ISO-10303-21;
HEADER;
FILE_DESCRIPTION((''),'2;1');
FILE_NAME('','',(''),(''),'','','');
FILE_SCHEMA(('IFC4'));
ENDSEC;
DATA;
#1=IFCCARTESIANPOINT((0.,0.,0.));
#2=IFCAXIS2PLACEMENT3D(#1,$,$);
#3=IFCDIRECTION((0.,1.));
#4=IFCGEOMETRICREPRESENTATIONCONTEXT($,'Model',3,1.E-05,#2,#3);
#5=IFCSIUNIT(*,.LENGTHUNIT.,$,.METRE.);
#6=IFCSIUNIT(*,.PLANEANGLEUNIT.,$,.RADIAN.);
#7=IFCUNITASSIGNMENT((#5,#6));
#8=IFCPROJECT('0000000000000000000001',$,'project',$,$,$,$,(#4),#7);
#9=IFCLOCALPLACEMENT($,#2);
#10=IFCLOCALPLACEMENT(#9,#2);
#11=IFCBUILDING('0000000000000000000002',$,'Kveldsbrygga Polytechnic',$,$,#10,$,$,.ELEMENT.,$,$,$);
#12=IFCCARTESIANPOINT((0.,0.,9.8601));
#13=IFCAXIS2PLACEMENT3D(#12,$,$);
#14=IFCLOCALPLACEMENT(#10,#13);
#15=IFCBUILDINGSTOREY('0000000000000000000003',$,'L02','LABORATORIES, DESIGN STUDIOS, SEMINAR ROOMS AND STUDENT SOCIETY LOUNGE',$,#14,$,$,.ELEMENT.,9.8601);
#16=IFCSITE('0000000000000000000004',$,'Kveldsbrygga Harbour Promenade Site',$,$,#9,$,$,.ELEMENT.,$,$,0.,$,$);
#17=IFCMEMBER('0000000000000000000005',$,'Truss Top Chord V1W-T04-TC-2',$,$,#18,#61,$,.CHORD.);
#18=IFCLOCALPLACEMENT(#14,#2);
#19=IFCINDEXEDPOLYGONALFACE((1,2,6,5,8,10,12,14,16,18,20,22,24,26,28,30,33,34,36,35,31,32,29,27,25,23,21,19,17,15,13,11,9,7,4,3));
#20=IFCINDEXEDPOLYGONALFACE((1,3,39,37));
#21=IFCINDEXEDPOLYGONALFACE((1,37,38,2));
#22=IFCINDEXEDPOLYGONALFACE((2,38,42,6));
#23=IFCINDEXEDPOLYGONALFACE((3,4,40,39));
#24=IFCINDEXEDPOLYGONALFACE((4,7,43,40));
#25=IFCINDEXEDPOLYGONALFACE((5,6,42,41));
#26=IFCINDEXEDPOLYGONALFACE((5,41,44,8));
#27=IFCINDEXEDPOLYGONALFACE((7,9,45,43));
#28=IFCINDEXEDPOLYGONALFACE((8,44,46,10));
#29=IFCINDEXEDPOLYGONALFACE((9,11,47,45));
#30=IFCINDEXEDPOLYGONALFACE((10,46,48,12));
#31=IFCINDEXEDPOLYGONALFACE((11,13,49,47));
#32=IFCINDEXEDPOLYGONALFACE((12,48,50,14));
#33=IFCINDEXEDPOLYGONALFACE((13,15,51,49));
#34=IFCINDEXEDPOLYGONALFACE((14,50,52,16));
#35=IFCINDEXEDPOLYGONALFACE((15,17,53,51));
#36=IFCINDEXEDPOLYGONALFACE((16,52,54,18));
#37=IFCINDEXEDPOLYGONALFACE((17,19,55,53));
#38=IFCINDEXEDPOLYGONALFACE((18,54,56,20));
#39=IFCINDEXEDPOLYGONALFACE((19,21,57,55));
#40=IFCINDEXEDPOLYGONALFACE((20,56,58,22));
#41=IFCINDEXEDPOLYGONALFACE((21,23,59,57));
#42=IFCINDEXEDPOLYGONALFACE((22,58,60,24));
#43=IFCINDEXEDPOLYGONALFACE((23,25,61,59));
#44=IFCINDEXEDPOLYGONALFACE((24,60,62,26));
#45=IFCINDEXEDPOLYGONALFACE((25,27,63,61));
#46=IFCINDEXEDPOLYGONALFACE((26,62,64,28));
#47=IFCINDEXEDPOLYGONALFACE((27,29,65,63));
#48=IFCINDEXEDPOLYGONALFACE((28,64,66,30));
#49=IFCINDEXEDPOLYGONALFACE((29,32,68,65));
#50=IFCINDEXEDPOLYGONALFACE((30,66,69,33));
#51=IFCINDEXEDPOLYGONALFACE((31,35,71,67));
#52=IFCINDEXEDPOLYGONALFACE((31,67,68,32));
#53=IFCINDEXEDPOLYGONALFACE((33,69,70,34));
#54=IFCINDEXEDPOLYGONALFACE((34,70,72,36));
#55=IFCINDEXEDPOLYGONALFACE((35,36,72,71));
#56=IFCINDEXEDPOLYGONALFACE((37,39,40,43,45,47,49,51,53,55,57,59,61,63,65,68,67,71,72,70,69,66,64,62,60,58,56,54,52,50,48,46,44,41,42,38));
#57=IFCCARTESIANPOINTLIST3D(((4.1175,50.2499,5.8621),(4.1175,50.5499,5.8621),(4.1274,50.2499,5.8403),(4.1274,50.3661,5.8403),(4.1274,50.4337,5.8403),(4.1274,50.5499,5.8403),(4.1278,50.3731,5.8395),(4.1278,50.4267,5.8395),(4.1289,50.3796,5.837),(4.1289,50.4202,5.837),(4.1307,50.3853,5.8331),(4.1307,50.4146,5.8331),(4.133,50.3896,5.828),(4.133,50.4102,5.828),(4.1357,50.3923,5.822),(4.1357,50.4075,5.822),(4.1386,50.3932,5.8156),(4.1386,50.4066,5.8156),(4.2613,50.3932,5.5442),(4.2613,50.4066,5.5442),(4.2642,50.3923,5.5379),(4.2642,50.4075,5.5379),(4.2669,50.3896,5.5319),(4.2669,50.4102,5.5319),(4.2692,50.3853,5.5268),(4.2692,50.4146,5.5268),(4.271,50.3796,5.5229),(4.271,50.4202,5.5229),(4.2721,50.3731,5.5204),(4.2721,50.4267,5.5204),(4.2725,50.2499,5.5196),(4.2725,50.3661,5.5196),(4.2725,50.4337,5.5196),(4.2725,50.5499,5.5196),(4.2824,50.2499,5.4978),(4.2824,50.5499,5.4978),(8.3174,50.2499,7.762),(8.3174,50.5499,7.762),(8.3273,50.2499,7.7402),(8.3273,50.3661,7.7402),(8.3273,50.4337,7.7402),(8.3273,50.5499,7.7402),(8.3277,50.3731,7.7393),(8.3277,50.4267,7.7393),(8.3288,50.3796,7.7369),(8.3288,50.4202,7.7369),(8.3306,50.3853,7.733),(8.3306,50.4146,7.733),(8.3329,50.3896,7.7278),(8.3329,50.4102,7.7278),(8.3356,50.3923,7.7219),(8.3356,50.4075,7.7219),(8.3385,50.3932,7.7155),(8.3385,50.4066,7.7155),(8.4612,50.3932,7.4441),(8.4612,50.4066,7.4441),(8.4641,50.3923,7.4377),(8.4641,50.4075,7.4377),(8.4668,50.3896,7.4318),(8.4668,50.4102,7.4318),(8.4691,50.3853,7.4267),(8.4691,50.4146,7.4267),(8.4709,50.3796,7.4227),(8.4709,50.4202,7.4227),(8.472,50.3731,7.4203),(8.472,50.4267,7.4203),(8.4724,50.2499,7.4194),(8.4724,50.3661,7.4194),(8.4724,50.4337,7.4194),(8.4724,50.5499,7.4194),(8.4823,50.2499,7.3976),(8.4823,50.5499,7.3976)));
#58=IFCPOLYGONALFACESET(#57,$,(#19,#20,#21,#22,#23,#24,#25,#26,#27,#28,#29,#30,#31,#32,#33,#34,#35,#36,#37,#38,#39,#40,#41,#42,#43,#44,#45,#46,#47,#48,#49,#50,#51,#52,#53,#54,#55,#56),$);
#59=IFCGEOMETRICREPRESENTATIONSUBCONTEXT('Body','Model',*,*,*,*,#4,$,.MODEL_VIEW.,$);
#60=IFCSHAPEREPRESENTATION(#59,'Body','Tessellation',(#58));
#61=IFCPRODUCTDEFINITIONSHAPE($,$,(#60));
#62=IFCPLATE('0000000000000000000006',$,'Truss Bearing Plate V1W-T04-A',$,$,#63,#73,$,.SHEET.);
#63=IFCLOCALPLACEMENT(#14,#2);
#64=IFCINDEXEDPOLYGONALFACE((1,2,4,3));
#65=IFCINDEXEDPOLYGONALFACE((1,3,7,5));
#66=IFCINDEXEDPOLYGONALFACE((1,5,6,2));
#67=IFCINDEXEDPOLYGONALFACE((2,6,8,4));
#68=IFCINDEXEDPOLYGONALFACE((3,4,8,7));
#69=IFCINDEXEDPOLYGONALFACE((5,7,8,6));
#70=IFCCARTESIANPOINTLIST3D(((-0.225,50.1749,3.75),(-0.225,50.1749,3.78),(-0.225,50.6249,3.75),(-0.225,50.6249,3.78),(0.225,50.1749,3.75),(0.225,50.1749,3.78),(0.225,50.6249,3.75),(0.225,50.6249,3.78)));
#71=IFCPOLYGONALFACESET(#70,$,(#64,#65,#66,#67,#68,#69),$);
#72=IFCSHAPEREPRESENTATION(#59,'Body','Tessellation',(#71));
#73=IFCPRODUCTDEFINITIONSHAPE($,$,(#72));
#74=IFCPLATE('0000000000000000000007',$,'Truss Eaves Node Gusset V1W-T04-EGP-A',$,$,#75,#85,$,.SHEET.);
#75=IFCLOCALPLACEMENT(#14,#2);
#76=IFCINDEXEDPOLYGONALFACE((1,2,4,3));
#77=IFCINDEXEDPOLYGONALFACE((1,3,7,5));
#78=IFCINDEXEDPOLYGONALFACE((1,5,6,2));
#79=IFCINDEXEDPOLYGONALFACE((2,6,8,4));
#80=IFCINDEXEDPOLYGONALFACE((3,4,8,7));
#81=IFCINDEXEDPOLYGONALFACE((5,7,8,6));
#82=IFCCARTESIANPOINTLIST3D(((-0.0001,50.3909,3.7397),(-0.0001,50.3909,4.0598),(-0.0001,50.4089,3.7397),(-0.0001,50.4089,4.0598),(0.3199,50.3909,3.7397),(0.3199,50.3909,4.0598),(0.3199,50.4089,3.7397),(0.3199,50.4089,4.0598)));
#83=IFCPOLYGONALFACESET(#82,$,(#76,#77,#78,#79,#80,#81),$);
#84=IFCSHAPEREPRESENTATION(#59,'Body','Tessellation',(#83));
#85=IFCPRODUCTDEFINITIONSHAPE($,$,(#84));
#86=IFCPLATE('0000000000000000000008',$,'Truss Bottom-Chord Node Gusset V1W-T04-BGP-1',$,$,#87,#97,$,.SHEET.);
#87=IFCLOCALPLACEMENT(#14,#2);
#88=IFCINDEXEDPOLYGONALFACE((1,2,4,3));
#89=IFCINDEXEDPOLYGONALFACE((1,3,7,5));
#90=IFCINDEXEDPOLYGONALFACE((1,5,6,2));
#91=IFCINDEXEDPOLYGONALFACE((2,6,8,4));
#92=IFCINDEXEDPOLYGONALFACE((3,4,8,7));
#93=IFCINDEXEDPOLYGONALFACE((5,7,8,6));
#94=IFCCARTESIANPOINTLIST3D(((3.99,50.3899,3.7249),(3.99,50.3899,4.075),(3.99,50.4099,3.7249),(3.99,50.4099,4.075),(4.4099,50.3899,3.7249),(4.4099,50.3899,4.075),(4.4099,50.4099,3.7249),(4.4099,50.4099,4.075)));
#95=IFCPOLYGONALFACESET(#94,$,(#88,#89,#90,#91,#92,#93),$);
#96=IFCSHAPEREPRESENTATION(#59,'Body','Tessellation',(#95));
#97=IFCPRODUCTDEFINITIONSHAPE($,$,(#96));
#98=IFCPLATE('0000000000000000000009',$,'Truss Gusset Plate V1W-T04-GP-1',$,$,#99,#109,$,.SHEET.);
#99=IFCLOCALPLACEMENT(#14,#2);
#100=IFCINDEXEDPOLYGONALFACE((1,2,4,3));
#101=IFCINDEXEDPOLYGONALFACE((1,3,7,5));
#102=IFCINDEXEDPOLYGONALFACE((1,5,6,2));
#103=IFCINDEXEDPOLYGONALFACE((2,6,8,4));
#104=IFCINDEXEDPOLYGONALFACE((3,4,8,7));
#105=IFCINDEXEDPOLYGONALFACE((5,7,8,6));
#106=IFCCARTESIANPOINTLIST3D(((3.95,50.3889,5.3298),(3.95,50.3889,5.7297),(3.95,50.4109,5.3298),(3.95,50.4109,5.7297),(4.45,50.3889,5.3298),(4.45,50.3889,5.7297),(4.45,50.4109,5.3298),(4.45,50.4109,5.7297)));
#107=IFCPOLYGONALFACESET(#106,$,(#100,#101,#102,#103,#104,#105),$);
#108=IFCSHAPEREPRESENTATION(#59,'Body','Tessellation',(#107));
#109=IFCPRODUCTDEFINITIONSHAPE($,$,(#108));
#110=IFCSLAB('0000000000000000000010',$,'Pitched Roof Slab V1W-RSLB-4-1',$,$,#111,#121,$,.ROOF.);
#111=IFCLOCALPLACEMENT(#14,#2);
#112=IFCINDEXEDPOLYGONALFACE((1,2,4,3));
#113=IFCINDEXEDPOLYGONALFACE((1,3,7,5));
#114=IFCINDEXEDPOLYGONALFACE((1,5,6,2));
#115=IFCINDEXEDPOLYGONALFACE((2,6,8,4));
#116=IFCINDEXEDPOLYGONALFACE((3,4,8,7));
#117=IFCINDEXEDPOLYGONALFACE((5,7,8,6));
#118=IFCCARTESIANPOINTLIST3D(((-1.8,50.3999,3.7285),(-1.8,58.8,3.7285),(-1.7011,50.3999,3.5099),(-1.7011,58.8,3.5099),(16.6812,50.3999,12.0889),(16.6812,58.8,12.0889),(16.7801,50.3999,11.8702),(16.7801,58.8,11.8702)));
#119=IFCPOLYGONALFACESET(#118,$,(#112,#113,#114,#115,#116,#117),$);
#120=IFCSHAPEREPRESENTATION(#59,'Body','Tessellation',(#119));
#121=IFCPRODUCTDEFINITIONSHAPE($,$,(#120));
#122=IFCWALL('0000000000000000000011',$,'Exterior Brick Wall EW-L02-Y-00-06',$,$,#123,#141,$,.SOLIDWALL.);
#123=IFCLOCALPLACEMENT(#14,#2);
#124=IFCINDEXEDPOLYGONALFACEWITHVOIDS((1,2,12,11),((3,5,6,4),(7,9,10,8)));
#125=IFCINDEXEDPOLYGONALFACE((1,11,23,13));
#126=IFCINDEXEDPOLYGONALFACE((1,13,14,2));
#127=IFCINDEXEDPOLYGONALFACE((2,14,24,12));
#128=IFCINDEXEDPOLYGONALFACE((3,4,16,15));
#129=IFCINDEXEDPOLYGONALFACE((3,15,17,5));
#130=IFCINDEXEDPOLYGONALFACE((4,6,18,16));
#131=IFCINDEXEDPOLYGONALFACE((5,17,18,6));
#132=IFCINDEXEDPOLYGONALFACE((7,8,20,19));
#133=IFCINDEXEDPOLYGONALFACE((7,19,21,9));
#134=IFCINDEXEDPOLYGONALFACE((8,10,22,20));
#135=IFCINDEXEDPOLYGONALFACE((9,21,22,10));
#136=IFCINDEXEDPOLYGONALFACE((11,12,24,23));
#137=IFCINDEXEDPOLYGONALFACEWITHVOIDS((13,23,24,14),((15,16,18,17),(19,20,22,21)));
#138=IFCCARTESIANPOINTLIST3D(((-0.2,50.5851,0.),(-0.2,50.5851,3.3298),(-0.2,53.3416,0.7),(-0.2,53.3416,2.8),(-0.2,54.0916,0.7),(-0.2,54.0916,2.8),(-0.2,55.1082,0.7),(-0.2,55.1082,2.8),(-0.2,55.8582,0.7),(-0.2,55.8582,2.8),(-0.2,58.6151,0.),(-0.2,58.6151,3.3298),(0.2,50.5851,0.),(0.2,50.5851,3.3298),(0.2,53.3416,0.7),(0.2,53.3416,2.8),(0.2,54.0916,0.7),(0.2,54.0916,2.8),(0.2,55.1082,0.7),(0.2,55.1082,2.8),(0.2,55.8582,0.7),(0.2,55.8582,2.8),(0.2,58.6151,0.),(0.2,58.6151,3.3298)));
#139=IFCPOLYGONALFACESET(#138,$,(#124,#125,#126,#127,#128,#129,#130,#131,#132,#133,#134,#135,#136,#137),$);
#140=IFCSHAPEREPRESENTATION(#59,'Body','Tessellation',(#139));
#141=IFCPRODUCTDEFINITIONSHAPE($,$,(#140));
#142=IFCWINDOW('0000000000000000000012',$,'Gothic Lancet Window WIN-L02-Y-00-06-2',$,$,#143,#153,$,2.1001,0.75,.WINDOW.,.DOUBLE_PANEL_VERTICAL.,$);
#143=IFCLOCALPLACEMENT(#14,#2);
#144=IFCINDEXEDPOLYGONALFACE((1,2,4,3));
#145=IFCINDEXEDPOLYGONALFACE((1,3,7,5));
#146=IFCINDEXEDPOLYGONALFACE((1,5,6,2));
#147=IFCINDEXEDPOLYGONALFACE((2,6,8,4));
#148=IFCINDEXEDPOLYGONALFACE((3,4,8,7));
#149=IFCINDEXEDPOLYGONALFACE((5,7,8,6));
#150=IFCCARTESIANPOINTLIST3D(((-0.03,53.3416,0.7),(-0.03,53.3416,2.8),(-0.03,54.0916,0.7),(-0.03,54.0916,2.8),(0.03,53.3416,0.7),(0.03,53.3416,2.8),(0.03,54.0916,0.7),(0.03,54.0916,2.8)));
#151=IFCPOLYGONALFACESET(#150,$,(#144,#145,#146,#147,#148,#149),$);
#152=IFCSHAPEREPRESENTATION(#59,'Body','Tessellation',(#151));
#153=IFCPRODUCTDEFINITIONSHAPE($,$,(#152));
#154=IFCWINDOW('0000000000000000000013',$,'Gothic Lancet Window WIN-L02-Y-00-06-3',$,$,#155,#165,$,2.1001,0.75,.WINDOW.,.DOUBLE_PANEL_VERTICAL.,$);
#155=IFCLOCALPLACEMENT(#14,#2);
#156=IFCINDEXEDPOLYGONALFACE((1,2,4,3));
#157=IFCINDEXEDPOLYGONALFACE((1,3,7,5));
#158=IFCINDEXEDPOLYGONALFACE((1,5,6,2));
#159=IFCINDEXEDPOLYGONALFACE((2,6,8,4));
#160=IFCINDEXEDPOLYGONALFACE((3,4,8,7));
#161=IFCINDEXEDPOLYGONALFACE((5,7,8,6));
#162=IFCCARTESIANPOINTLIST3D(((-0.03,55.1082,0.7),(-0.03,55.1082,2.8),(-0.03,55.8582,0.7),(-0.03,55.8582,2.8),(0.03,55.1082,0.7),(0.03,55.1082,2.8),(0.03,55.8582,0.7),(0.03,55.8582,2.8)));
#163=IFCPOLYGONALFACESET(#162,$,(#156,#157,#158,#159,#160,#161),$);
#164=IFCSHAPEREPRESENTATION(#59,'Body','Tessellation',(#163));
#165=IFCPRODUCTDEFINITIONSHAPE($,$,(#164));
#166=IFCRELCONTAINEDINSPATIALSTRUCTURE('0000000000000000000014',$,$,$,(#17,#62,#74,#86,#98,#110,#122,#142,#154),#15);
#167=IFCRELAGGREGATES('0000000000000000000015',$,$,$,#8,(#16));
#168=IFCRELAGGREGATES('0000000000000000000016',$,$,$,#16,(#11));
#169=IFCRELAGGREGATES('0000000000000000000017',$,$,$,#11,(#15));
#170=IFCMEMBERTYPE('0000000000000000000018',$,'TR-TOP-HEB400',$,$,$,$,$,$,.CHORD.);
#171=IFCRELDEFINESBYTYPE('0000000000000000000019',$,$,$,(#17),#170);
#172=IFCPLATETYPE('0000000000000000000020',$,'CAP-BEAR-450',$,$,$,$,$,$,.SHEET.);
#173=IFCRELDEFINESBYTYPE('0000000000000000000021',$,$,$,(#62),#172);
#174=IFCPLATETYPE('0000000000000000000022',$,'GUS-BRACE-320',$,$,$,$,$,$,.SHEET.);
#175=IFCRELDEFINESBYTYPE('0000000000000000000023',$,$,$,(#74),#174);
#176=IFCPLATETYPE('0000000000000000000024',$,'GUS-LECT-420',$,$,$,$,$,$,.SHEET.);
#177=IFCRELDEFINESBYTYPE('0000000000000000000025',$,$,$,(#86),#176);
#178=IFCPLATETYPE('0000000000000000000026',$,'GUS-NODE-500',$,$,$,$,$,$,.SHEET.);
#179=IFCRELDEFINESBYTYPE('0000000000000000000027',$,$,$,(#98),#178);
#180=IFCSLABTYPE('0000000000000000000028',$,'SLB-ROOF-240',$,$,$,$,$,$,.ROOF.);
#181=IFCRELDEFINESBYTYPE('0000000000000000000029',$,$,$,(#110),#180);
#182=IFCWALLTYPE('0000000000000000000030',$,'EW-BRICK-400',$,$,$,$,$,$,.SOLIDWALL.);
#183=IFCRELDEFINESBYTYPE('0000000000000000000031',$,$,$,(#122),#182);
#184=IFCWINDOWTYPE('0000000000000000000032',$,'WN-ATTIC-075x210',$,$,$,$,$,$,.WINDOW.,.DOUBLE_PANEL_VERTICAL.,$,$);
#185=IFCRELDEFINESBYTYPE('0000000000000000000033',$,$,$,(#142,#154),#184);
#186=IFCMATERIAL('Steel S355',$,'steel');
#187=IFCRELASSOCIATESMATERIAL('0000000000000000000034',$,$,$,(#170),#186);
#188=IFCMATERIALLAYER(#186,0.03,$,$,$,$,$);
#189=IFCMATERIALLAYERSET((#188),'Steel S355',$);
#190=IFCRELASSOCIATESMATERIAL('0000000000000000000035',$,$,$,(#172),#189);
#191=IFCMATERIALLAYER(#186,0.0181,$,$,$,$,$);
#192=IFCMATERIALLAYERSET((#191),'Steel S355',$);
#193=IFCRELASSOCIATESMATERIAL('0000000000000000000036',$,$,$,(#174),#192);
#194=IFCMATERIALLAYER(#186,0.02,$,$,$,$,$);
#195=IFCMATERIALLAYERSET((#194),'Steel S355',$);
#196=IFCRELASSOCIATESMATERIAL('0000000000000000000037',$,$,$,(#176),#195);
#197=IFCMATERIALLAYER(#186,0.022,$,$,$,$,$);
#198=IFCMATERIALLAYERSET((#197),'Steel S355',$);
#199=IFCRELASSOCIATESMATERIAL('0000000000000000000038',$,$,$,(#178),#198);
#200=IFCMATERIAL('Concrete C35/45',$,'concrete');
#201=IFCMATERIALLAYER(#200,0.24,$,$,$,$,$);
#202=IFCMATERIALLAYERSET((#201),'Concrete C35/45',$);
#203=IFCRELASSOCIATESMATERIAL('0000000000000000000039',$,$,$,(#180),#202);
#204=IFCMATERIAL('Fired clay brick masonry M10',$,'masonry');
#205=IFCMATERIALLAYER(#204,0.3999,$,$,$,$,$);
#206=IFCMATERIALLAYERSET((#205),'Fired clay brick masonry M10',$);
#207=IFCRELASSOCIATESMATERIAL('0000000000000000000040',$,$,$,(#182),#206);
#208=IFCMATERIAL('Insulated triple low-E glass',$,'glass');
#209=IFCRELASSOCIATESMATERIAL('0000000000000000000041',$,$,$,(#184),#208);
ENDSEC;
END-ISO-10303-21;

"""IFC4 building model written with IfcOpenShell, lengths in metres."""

from ifc_helpers import new_model, si_unit, direction, frame, frame_2d, origin, origin_2d, place, context, subcontext, project, spatial, polyline, rectangle, i_section, outline, extrude, material, layer, layer_set, material_profile, profile_set, type_object, element, fill, save


model = new_model("IFC4")

# Units and contexts
model_context = context("Model", 3, precision=1e-05, world=origin(), true_north=direction((0.0, 1.0)))
body_context = subcontext(model_context, "Body", "Model", "MODEL_VIEW")
ifc_project = project(units=[si_unit("LENGTHUNIT", "METRE"), si_unit("PLANEANGLEUNIT", "RADIAN")], contexts=[model_context])

# Site, building, storey
site_placement = place(None, origin())
site = spatial("IfcSite", under=ifc_project, at=site_placement, Name="Kveldsbrygga Harbour Promenade Site", CompositionType="ELEMENT", RefElevation=0.0)
building_placement = place(site_placement, origin())
building = spatial("IfcBuilding", under=site, at=building_placement, Name="Kveldsbrygga Polytechnic", CompositionType="ELEMENT")
storey_placement = place(building_placement, frame((0.0, 0.0, 9.8601)))
storey = spatial("IfcBuildingStorey", under=building, at=storey_placement, Name="L02", Description="LABORATORIES, DESIGN STUDIOS, SEMINAR ROOMS AND STUDENT SOCIETY LOUNGE", CompositionType="ELEMENT", Elevation=9.8601)

# Shared definitions
ifc_material_1 = material(Name="Steel S355", Category="steel")

# Member
ifc_material_profile_1 = material_profile(ifc_material_1, i_section(OverallWidth=0.3, OverallDepth=0.3999, WebThickness=0.0134, FlangeThickness=0.0239, FilletRadius=0.0271, at=origin_2d()), Name="HEB 400")
ifc_profile_set_1 = profile_set([ifc_material_profile_1], Name="Steel S355")
member_type_1 = type_object("IfcMemberType", Name="TR-TOP-HEB400", PredefinedType="CHORD", material=ifc_profile_set_1)
member_1_placement = place(storey_placement, frame((4.2, 50.3999, 5.6799), z_axis=(0.911114, 0.0, 0.412154), x_axis=(0.0, 1.0, 0.0)))
element("IfcMember", 1, at=member_1_placement, inside=storey, type_object=member_type_1, Name="Truss Top Chord V1W-T04-TC-2", PredefinedType="CHORD", context=body_context, shape_type="SweptSolid", body=[
    extrude(i_section(OverallWidth=0.3, OverallDepth=0.3999, WebThickness=0.0134, FlangeThickness=0.0239, FilletRadius=0.0271, at=origin_2d()), origin(), (0.0, 0.0, 1.0), 4.6096),
])

# Plates
ifc_layer_1 = layer(ifc_material_1, 0.03)
ifc_layer_set_1 = layer_set([ifc_layer_1], Name="Steel S355")
plate_type_1 = type_object("IfcPlateType", Name="CAP-BEAR-450", PredefinedType="SHEET", material=ifc_layer_set_1)
plate_1_placement = place(storey_placement, frame((0.0, 50.3999, 3.75), z_axis=(0.0, 0.0, 1.0), x_axis=(1.0, 0.0, 0.0)))
element("IfcPlate", 2, at=plate_1_placement, inside=storey, type_object=plate_type_1, Name="Truss Bearing Plate V1W-T04-A", PredefinedType="SHEET", context=body_context, shape_type="SweptSolid", body=[
    extrude(rectangle(XDim=0.45, YDim=0.45, at=origin_2d()), origin(), (0.0, 0.0, 1.0), 0.03),
])
ifc_layer_2 = layer(ifc_material_1, 0.0181)
ifc_layer_set_2 = layer_set([ifc_layer_2], Name="Steel S355")
plate_type_2 = type_object("IfcPlateType", Name="GUS-BRACE-320", PredefinedType="SHEET", material=ifc_layer_set_2)
plate_2_placement = place(storey_placement, frame((0.1599, 50.3999, 3.7397), z_axis=(0.0, 0.0, 1.0), x_axis=(1.0, 0.0, 0.0)))
element("IfcPlate", 3, at=plate_2_placement, inside=storey, type_object=plate_type_2, Name="Truss Eaves Node Gusset V1W-T04-EGP-A", PredefinedType="SHEET", context=body_context, shape_type="SweptSolid", body=[
    extrude(rectangle(XDim=0.3201, YDim=0.0181, at=origin_2d()), origin(), (0.0, 0.0, 1.0), 0.3201),
])
ifc_layer_3 = layer(ifc_material_1, 0.02)
ifc_layer_set_3 = layer_set([ifc_layer_3], Name="Steel S355")
plate_type_3 = type_object("IfcPlateType", Name="GUS-LECT-420", PredefinedType="SHEET", material=ifc_layer_set_3)
plate_3_placement = place(storey_placement, frame((4.2, 50.3999, 3.7249), z_axis=(0.0, 0.0, 1.0), x_axis=(1.0, 0.0, 0.0)))
element("IfcPlate", 4, at=plate_3_placement, inside=storey, type_object=plate_type_3, Name="Truss Bottom-Chord Node Gusset V1W-T04-BGP-1", PredefinedType="SHEET", context=body_context, shape_type="SweptSolid", body=[
    extrude(rectangle(XDim=0.4199, YDim=0.02, at=origin_2d()), origin(), (0.0, 0.0, 1.0), 0.3501),
])
ifc_layer_4 = layer(ifc_material_1, 0.022)
ifc_layer_set_4 = layer_set([ifc_layer_4], Name="Steel S355")
plate_type_4 = type_object("IfcPlateType", Name="GUS-NODE-500", PredefinedType="SHEET", material=ifc_layer_set_4)
plate_4_placement = place(storey_placement, frame((4.2, 50.3999, 5.3298), z_axis=(0.0, 0.0, 1.0), x_axis=(1.0, 0.0, 0.0)))
element("IfcPlate", 5, at=plate_4_placement, inside=storey, type_object=plate_type_4, Name="Truss Gusset Plate V1W-T04-GP-1", PredefinedType="SHEET", context=body_context, shape_type="SweptSolid", body=[
    extrude(rectangle(XDim=0.5, YDim=0.022, at=origin_2d()), origin(), (0.0, 0.0, 1.0), 0.3999),
])

# Slab
ifc_material_2 = material(Name="Concrete C35/45", Category="concrete")
ifc_layer_5 = layer(ifc_material_2, 0.24)
ifc_layer_set_5 = layer_set([ifc_layer_5], Name="Concrete C35/45")
slab_type = type_object("IfcSlabType", Name="SLB-ROOF-240", PredefinedType="ROOF", material=ifc_layer_set_5)
slab_placement = place(storey_placement, frame((-1.8, 50.3999, 3.7285), z_axis=(-0.41216, 0.0, 0.911111), x_axis=(0.911111, 0.0, 0.41216)))
element("IfcSlab", 6, at=slab_placement, inside=storey, type_object=slab_type, Name="Pitched Roof Slab V1W-RSLB-4-1", PredefinedType="ROOF", context=body_context, shape_type="SweptSolid", body=[
    extrude(outline(polyline([(0.0, 0.0), (20.2842, 0.0), (20.2842, 8.4001), (0.0, 8.4001), (0.0, 0.0)])), origin(), (0.0, 0.0, -1.0), 0.24),
])

# Wall, openings, windows
ifc_material_3 = material(Name="Fired clay brick masonry M10", Category="masonry")
ifc_layer_6 = layer(ifc_material_3, 0.3999)
ifc_layer_set_6 = layer_set([ifc_layer_6], Name="Fired clay brick masonry M10")
wall_type_1 = type_object("IfcWallType", Name="EW-BRICK-400", PredefinedType="SOLIDWALL", material=ifc_layer_set_6)
wall_placement = place(storey_placement, frame((0.0, 50.585, 0.0), z_axis=(0.0, 0.0, 1.0), x_axis=(0.0, 1.0, 0.0)))
wall = element("IfcWall", 7, at=wall_placement, inside=storey, type_object=wall_type_1, Name="Exterior Brick Wall EW-L02-Y-00-06", PredefinedType="SOLIDWALL", context=body_context, shape_type="SweptSolid", body=[
    extrude(rectangle(XDim=8.03, YDim=0.3999, at=frame_2d((4.0151, 0.0))), origin(), (0.0, 0.0, 1.0), 3.3298),
])
opening_1_placement = place(wall_placement, frame((2.7566, 0.0, 0.7)))
opening_1 = element("IfcOpeningElement", 8, at=opening_1_placement, cuts=wall, PredefinedType="OPENING", context=body_context, shape_type="SweptSolid", body=[
    extrude(rectangle(XDim=0.75, YDim=2.1001, at=frame_2d((0.375, 1.05))), frame((0.0, 0.21, 0.0), z_axis=(0.0, -1.0, 0.0), x_axis=(1.0, 0.0, 0.0)), (0.0, 0.0, 1.0), 0.4199),
])
opening_2_placement = place(wall_placement, frame((4.5232, 0.0, 0.7)))
opening_2 = element("IfcOpeningElement", 9, at=opening_2_placement, cuts=wall, PredefinedType="OPENING", context=body_context, shape_type="SweptSolid", body=[
    extrude(rectangle(XDim=0.75, YDim=2.1001, at=frame_2d((0.375, 1.05))), frame((0.0, 0.21, 0.0), z_axis=(0.0, -1.0, 0.0), x_axis=(1.0, 0.0, 0.0)), (0.0, 0.0, 1.0), 0.4199),
])
ifc_material_4 = material(Name="Insulated triple low-E glass", Category="glass")
window_type = type_object("IfcWindowType", Name="WN-ATTIC-075x210", PartitioningType="DOUBLE_PANEL_VERTICAL", PredefinedType="WINDOW", material=ifc_material_4)
window_1_placement = place(opening_1_placement, origin())
window_1 = element("IfcWindow", 10, at=window_1_placement, inside=storey, type_object=window_type, Name="Gothic Lancet Window WIN-L02-Y-00-06-2", OverallHeight=2.1001, OverallWidth=0.75, PartitioningType="DOUBLE_PANEL_VERTICAL", PredefinedType="WINDOW", context=body_context, shape_type="SweptSolid", body=[
    extrude(rectangle(XDim=0.75, YDim=2.1001, at=frame_2d((0.375, 1.05))), frame((0.0, 0.03, 0.0), z_axis=(0.0, -1.0, 0.0), x_axis=(1.0, 0.0, 0.0)), (0.0, 0.0, 1.0), 0.0601),
])
fill(opening_1, window_1)
window_2_placement = place(opening_2_placement, origin())
window_2 = element("IfcWindow", 11, at=window_2_placement, inside=storey, type_object=window_type, Name="Gothic Lancet Window WIN-L02-Y-00-06-3", OverallHeight=2.1001, OverallWidth=0.75, PartitioningType="DOUBLE_PANEL_VERTICAL", PredefinedType="WINDOW", context=body_context, shape_type="SweptSolid", body=[
    extrude(rectangle(XDim=0.75, YDim=2.1001, at=frame_2d((0.375, 1.05))), frame((0.0, 0.03, 0.0), z_axis=(0.0, -1.0, 0.0), x_axis=(1.0, 0.0, 0.0)), (0.0, 0.0, 1.0), 0.0601),
])
fill(opening_2, window_2)

save(model, "model.ifc")
